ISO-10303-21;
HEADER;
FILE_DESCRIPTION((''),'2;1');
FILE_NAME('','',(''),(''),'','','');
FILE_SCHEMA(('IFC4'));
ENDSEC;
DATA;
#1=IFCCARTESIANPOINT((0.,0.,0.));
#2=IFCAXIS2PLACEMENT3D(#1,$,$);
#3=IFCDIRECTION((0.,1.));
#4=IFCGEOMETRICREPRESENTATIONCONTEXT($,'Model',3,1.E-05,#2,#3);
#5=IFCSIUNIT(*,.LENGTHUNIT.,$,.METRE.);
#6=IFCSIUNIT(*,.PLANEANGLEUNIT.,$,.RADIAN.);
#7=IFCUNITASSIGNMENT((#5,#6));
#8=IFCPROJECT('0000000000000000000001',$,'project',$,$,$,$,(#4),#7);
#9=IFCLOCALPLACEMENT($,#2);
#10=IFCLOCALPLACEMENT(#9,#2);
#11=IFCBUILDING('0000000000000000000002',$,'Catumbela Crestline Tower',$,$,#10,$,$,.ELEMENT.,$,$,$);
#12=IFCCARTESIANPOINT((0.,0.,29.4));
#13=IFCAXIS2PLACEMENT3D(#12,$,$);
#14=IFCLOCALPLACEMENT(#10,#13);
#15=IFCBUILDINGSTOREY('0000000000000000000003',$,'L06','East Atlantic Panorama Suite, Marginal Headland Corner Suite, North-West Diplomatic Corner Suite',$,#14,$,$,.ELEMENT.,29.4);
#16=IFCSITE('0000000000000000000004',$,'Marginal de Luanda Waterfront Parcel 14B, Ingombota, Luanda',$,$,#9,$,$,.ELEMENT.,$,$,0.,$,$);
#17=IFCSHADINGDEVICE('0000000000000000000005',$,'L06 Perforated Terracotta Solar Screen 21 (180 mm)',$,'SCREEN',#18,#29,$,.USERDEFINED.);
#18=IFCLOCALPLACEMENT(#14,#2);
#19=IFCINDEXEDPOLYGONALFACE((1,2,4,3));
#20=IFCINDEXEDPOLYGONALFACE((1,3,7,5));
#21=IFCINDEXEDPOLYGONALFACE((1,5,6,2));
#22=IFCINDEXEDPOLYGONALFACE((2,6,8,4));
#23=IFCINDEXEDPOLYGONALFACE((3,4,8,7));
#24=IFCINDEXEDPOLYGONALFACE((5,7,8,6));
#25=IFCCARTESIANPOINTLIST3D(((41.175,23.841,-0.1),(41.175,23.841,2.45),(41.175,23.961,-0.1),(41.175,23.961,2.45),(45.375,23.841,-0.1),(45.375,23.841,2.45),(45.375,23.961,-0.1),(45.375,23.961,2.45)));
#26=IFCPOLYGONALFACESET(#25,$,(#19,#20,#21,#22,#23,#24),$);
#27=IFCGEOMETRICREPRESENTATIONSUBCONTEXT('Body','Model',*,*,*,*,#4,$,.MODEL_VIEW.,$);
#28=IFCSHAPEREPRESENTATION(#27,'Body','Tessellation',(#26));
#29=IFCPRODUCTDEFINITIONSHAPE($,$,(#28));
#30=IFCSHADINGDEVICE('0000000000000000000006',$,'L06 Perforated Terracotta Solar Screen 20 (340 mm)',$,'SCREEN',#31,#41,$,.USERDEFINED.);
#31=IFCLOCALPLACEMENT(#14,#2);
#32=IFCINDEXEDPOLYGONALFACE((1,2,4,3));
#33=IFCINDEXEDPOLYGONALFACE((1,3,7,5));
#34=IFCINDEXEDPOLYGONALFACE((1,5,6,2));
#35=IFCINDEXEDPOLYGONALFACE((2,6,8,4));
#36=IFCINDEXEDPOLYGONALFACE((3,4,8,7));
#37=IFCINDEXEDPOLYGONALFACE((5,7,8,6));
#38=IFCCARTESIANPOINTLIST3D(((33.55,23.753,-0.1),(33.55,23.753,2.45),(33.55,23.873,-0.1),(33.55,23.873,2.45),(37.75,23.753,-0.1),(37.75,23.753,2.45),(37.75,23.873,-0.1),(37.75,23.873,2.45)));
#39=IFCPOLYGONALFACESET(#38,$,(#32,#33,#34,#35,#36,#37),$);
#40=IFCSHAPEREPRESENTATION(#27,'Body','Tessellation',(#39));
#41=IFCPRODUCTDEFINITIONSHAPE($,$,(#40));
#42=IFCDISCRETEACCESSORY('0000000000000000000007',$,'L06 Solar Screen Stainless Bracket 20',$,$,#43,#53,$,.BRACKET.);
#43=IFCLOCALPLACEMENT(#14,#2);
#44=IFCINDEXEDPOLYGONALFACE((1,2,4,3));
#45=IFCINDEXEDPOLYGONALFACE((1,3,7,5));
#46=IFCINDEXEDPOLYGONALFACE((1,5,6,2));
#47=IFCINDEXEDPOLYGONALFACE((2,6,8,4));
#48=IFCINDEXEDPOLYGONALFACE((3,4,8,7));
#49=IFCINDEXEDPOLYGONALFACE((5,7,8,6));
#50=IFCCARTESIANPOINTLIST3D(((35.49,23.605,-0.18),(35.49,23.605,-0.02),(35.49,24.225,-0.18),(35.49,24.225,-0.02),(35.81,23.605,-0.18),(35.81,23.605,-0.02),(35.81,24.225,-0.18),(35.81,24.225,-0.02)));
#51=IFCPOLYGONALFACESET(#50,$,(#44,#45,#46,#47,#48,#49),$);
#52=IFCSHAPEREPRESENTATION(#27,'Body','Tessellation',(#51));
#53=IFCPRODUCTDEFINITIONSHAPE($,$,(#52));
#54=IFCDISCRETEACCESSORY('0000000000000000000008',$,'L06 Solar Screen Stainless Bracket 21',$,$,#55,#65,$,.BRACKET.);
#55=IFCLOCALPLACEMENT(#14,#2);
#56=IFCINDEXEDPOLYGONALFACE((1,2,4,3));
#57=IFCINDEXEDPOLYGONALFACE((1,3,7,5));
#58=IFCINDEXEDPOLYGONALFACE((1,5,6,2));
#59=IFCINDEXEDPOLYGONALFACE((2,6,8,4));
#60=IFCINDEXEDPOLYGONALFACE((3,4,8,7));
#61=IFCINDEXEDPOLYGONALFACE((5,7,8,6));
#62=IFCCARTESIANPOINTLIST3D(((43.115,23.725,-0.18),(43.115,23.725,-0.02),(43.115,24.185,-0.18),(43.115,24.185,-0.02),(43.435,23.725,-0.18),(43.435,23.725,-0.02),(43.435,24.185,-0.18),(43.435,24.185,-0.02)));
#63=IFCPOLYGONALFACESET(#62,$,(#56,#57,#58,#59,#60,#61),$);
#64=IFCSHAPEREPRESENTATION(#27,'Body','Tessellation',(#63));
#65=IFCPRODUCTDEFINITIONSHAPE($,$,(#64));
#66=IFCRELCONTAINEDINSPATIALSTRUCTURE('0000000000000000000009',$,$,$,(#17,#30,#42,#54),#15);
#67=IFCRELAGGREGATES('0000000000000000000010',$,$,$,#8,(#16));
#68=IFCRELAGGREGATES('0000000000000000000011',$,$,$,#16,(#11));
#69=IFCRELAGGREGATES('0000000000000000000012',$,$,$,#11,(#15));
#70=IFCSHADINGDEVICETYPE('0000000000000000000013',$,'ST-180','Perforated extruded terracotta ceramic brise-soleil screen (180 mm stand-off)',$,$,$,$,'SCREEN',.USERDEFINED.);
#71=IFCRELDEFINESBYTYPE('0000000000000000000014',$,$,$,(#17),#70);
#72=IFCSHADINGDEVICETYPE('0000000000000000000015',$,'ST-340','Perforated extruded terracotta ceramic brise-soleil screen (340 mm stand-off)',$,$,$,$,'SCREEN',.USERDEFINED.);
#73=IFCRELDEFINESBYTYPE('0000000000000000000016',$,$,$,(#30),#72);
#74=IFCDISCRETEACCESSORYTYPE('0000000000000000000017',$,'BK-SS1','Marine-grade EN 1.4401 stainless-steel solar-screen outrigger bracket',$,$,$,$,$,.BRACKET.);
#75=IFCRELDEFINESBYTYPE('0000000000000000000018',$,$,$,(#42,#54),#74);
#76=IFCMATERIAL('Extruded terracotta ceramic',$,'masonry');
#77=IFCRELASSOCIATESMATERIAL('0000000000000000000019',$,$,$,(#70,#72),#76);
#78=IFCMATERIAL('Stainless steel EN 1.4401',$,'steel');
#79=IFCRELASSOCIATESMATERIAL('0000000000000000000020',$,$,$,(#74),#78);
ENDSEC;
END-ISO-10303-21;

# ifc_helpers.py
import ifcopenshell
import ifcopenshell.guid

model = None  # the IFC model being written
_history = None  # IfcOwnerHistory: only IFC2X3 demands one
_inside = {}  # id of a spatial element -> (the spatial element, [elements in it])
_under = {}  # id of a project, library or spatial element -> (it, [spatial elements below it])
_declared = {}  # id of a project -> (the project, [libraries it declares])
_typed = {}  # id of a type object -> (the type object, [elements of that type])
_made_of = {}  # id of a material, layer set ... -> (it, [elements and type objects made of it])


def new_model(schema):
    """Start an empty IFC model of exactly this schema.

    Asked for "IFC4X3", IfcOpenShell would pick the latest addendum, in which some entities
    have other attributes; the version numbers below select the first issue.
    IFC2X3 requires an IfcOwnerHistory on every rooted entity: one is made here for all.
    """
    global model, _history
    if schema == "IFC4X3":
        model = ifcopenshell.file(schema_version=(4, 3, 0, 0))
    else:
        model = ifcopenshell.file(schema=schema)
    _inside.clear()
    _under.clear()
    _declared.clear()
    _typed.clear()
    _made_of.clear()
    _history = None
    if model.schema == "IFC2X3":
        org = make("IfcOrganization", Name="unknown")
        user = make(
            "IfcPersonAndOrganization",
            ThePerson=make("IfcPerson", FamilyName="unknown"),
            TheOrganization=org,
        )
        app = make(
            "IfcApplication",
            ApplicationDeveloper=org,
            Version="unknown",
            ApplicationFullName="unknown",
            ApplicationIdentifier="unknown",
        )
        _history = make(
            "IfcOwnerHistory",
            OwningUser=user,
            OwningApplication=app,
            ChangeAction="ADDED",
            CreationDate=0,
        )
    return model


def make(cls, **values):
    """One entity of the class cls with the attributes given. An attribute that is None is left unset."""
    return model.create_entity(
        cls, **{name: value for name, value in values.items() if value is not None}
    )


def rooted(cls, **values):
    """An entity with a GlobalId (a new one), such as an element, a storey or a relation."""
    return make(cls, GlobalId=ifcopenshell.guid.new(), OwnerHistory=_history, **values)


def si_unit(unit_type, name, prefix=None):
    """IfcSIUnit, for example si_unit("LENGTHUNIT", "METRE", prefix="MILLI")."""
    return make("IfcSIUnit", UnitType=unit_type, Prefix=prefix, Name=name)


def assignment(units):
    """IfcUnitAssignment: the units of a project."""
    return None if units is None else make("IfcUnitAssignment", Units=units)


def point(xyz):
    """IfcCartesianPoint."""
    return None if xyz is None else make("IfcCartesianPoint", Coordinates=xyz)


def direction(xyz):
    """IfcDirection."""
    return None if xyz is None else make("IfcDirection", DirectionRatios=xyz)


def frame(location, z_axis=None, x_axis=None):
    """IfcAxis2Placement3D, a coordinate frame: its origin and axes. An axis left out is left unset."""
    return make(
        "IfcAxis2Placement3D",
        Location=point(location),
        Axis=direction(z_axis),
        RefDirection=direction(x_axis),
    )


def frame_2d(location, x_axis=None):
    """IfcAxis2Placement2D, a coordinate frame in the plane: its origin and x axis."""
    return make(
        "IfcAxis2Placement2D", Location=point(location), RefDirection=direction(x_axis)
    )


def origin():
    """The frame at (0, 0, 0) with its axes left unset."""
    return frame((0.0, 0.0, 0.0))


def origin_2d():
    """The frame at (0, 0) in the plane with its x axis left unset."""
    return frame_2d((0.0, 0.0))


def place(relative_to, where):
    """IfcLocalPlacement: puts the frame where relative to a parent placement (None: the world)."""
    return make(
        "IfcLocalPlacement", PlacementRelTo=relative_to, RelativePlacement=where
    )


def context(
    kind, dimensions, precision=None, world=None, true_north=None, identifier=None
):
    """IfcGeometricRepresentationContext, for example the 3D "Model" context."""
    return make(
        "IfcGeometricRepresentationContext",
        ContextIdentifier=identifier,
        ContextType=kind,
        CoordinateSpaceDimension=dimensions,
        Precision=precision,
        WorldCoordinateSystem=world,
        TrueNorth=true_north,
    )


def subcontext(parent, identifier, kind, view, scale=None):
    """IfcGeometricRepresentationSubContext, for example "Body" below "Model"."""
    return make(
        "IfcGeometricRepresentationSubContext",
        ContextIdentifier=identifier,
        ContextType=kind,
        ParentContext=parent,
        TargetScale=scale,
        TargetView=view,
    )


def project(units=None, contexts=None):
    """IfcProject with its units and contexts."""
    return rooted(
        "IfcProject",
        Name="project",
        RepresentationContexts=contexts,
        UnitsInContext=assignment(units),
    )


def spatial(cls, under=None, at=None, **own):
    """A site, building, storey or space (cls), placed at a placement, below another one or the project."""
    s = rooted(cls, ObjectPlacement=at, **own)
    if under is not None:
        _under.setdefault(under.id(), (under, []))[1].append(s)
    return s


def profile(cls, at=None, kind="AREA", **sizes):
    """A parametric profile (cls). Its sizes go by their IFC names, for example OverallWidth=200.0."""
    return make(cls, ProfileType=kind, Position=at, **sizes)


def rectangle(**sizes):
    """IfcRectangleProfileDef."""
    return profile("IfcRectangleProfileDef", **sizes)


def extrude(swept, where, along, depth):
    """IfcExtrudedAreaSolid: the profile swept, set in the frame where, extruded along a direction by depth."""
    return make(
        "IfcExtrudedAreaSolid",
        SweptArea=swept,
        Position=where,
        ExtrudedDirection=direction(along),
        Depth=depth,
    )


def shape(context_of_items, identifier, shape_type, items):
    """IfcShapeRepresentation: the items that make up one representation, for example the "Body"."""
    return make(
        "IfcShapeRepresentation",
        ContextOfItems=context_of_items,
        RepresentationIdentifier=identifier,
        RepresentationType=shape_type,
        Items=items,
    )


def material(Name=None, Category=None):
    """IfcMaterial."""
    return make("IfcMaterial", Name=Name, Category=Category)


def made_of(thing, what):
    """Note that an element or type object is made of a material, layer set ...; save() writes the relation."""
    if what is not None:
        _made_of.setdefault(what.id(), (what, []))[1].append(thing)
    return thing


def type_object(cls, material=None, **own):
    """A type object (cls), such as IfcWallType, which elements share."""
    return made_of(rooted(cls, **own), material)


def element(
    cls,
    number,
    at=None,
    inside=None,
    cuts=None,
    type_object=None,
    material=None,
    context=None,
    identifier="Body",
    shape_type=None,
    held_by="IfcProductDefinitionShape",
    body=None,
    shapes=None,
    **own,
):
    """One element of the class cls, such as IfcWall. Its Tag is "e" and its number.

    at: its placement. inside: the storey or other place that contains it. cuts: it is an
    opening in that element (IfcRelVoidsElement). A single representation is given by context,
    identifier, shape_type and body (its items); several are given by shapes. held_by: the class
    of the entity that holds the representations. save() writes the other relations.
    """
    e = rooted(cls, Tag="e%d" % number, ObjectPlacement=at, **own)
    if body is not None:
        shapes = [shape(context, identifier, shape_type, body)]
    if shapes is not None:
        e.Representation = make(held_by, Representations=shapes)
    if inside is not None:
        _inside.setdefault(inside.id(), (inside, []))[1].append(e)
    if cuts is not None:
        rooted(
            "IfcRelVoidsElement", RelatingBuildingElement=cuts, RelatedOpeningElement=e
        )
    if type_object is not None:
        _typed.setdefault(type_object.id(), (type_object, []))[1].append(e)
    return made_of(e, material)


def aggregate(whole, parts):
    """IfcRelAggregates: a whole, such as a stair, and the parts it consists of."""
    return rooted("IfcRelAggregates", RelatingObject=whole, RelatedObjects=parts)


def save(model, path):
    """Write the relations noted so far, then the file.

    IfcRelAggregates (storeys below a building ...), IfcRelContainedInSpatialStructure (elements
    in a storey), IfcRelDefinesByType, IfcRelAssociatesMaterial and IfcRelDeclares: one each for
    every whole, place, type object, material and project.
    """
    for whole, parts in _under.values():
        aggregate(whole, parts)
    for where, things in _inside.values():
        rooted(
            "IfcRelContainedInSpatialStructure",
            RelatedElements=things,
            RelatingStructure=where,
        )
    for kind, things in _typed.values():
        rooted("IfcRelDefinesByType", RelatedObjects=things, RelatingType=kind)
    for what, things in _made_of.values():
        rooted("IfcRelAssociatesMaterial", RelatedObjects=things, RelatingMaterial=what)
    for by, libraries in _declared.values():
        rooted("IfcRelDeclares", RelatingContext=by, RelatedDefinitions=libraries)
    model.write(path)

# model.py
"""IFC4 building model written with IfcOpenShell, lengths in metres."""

from ifc_helpers import new_model, si_unit, direction, frame, origin, origin_2d, place, context, subcontext, project, spatial, rectangle, extrude, material, type_object, element, save


model = new_model("IFC4")

# Units and contexts
model_context = context("Model", 3, precision=1e-05, world=origin(), true_north=direction((0.0, 1.0)))
body_context = subcontext(model_context, "Body", "Model", "MODEL_VIEW")
ifc_project = project(units=[si_unit("LENGTHUNIT", "METRE"), si_unit("PLANEANGLEUNIT", "RADIAN")], contexts=[model_context])

# Site, building, storey
site_placement = place(None, origin())
site = spatial("IfcSite", under=ifc_project, at=site_placement, Name="Marginal de Luanda Waterfront Parcel 14B, Ingombota, Luanda", CompositionType="ELEMENT", RefElevation=0.0)
building_placement = place(site_placement, origin())
building = spatial("IfcBuilding", under=site, at=building_placement, Name="Catumbela Crestline Tower", CompositionType="ELEMENT")
storey_placement = place(building_placement, frame((0.0, 0.0, 29.4)))
storey = spatial("IfcBuildingStorey", under=building, at=storey_placement, Name="L06", Description="East Atlantic Panorama Suite, Marginal Headland Corner Suite, North-West Diplomatic Corner Suite", CompositionType="ELEMENT", Elevation=29.4)

# Shading devices
ifc_material_1 = material(Name="Extruded terracotta ceramic", Category="masonry")
shading_device_type_1 = type_object("IfcShadingDeviceType", Name="ST-180", Description="Perforated extruded terracotta ceramic brise-soleil screen (180 mm stand-off)", ElementType="SCREEN", PredefinedType="USERDEFINED", material=ifc_material_1)
shading_device_1_placement = place(storey_placement, frame((43.275, 23.901, -0.1), z_axis=(0.0, 0.0, 1.0), x_axis=(1.0, 0.0, 0.0)))
element("IfcShadingDevice", 1, at=shading_device_1_placement, inside=storey, type_object=shading_device_type_1, Name="L06 Perforated Terracotta Solar Screen 21 (180 mm)", ObjectType="SCREEN", PredefinedType="USERDEFINED", context=body_context, shape_type="SweptSolid", body=[
    extrude(rectangle(XDim=4.2, YDim=0.12, at=origin_2d()), origin(), (0.0, 0.0, 1.0), 2.55),
])
shading_device_type_2 = type_object("IfcShadingDeviceType", Name="ST-340", Description="Perforated extruded terracotta ceramic brise-soleil screen (340 mm stand-off)", ElementType="SCREEN", PredefinedType="USERDEFINED", material=ifc_material_1)
shading_device_2_placement = place(storey_placement, frame((35.65, 23.813, -0.1), z_axis=(0.0, 0.0, 1.0), x_axis=(1.0, 0.0, 0.0)))
element("IfcShadingDevice", 2, at=shading_device_2_placement, inside=storey, type_object=shading_device_type_2, Name="L06 Perforated Terracotta Solar Screen 20 (340 mm)", ObjectType="SCREEN", PredefinedType="USERDEFINED", context=body_context, shape_type="SweptSolid", body=[
    extrude(rectangle(XDim=4.2, YDim=0.12, at=origin_2d()), origin(), (0.0, 0.0, 1.0), 2.55),
])

# Discrete accessories
ifc_material_2 = material(Name="Stainless steel EN 1.4401", Category="steel")
discrete_accessory_type = type_object("IfcDiscreteAccessoryType", Name="BK-SS1", Description="Marine-grade EN 1.4401 stainless-steel solar-screen outrigger bracket", PredefinedType="BRACKET", material=ifc_material_2)
discrete_accessory_1_placement = place(storey_placement, frame((35.65, 23.915, -0.18), z_axis=(0.0, 0.0, 1.0), x_axis=(1.0, 0.0, 0.0)))
element("IfcDiscreteAccessory", 3, at=discrete_accessory_1_placement, inside=storey, type_object=discrete_accessory_type, Name="L06 Solar Screen Stainless Bracket 20", PredefinedType="BRACKET", context=body_context, shape_type="SweptSolid", body=[
    extrude(rectangle(XDim=0.32, YDim=0.62, at=origin_2d()), origin(), (0.0, 0.0, 1.0), 0.16),
])
discrete_accessory_2_placement = place(storey_placement, frame((43.275, 23.955, -0.18), z_axis=(0.0, 0.0, 1.0), x_axis=(1.0, 0.0, 0.0)))
element("IfcDiscreteAccessory", 4, at=discrete_accessory_2_placement, inside=storey, type_object=discrete_accessory_type, Name="L06 Solar Screen Stainless Bracket 21", PredefinedType="BRACKET", context=body_context, shape_type="SweptSolid", body=[
    extrude(rectangle(XDim=0.32, YDim=0.46, at=origin_2d()), origin(), (0.0, 0.0, 1.0), 0.16),
])

save(model, "model.ifc")
